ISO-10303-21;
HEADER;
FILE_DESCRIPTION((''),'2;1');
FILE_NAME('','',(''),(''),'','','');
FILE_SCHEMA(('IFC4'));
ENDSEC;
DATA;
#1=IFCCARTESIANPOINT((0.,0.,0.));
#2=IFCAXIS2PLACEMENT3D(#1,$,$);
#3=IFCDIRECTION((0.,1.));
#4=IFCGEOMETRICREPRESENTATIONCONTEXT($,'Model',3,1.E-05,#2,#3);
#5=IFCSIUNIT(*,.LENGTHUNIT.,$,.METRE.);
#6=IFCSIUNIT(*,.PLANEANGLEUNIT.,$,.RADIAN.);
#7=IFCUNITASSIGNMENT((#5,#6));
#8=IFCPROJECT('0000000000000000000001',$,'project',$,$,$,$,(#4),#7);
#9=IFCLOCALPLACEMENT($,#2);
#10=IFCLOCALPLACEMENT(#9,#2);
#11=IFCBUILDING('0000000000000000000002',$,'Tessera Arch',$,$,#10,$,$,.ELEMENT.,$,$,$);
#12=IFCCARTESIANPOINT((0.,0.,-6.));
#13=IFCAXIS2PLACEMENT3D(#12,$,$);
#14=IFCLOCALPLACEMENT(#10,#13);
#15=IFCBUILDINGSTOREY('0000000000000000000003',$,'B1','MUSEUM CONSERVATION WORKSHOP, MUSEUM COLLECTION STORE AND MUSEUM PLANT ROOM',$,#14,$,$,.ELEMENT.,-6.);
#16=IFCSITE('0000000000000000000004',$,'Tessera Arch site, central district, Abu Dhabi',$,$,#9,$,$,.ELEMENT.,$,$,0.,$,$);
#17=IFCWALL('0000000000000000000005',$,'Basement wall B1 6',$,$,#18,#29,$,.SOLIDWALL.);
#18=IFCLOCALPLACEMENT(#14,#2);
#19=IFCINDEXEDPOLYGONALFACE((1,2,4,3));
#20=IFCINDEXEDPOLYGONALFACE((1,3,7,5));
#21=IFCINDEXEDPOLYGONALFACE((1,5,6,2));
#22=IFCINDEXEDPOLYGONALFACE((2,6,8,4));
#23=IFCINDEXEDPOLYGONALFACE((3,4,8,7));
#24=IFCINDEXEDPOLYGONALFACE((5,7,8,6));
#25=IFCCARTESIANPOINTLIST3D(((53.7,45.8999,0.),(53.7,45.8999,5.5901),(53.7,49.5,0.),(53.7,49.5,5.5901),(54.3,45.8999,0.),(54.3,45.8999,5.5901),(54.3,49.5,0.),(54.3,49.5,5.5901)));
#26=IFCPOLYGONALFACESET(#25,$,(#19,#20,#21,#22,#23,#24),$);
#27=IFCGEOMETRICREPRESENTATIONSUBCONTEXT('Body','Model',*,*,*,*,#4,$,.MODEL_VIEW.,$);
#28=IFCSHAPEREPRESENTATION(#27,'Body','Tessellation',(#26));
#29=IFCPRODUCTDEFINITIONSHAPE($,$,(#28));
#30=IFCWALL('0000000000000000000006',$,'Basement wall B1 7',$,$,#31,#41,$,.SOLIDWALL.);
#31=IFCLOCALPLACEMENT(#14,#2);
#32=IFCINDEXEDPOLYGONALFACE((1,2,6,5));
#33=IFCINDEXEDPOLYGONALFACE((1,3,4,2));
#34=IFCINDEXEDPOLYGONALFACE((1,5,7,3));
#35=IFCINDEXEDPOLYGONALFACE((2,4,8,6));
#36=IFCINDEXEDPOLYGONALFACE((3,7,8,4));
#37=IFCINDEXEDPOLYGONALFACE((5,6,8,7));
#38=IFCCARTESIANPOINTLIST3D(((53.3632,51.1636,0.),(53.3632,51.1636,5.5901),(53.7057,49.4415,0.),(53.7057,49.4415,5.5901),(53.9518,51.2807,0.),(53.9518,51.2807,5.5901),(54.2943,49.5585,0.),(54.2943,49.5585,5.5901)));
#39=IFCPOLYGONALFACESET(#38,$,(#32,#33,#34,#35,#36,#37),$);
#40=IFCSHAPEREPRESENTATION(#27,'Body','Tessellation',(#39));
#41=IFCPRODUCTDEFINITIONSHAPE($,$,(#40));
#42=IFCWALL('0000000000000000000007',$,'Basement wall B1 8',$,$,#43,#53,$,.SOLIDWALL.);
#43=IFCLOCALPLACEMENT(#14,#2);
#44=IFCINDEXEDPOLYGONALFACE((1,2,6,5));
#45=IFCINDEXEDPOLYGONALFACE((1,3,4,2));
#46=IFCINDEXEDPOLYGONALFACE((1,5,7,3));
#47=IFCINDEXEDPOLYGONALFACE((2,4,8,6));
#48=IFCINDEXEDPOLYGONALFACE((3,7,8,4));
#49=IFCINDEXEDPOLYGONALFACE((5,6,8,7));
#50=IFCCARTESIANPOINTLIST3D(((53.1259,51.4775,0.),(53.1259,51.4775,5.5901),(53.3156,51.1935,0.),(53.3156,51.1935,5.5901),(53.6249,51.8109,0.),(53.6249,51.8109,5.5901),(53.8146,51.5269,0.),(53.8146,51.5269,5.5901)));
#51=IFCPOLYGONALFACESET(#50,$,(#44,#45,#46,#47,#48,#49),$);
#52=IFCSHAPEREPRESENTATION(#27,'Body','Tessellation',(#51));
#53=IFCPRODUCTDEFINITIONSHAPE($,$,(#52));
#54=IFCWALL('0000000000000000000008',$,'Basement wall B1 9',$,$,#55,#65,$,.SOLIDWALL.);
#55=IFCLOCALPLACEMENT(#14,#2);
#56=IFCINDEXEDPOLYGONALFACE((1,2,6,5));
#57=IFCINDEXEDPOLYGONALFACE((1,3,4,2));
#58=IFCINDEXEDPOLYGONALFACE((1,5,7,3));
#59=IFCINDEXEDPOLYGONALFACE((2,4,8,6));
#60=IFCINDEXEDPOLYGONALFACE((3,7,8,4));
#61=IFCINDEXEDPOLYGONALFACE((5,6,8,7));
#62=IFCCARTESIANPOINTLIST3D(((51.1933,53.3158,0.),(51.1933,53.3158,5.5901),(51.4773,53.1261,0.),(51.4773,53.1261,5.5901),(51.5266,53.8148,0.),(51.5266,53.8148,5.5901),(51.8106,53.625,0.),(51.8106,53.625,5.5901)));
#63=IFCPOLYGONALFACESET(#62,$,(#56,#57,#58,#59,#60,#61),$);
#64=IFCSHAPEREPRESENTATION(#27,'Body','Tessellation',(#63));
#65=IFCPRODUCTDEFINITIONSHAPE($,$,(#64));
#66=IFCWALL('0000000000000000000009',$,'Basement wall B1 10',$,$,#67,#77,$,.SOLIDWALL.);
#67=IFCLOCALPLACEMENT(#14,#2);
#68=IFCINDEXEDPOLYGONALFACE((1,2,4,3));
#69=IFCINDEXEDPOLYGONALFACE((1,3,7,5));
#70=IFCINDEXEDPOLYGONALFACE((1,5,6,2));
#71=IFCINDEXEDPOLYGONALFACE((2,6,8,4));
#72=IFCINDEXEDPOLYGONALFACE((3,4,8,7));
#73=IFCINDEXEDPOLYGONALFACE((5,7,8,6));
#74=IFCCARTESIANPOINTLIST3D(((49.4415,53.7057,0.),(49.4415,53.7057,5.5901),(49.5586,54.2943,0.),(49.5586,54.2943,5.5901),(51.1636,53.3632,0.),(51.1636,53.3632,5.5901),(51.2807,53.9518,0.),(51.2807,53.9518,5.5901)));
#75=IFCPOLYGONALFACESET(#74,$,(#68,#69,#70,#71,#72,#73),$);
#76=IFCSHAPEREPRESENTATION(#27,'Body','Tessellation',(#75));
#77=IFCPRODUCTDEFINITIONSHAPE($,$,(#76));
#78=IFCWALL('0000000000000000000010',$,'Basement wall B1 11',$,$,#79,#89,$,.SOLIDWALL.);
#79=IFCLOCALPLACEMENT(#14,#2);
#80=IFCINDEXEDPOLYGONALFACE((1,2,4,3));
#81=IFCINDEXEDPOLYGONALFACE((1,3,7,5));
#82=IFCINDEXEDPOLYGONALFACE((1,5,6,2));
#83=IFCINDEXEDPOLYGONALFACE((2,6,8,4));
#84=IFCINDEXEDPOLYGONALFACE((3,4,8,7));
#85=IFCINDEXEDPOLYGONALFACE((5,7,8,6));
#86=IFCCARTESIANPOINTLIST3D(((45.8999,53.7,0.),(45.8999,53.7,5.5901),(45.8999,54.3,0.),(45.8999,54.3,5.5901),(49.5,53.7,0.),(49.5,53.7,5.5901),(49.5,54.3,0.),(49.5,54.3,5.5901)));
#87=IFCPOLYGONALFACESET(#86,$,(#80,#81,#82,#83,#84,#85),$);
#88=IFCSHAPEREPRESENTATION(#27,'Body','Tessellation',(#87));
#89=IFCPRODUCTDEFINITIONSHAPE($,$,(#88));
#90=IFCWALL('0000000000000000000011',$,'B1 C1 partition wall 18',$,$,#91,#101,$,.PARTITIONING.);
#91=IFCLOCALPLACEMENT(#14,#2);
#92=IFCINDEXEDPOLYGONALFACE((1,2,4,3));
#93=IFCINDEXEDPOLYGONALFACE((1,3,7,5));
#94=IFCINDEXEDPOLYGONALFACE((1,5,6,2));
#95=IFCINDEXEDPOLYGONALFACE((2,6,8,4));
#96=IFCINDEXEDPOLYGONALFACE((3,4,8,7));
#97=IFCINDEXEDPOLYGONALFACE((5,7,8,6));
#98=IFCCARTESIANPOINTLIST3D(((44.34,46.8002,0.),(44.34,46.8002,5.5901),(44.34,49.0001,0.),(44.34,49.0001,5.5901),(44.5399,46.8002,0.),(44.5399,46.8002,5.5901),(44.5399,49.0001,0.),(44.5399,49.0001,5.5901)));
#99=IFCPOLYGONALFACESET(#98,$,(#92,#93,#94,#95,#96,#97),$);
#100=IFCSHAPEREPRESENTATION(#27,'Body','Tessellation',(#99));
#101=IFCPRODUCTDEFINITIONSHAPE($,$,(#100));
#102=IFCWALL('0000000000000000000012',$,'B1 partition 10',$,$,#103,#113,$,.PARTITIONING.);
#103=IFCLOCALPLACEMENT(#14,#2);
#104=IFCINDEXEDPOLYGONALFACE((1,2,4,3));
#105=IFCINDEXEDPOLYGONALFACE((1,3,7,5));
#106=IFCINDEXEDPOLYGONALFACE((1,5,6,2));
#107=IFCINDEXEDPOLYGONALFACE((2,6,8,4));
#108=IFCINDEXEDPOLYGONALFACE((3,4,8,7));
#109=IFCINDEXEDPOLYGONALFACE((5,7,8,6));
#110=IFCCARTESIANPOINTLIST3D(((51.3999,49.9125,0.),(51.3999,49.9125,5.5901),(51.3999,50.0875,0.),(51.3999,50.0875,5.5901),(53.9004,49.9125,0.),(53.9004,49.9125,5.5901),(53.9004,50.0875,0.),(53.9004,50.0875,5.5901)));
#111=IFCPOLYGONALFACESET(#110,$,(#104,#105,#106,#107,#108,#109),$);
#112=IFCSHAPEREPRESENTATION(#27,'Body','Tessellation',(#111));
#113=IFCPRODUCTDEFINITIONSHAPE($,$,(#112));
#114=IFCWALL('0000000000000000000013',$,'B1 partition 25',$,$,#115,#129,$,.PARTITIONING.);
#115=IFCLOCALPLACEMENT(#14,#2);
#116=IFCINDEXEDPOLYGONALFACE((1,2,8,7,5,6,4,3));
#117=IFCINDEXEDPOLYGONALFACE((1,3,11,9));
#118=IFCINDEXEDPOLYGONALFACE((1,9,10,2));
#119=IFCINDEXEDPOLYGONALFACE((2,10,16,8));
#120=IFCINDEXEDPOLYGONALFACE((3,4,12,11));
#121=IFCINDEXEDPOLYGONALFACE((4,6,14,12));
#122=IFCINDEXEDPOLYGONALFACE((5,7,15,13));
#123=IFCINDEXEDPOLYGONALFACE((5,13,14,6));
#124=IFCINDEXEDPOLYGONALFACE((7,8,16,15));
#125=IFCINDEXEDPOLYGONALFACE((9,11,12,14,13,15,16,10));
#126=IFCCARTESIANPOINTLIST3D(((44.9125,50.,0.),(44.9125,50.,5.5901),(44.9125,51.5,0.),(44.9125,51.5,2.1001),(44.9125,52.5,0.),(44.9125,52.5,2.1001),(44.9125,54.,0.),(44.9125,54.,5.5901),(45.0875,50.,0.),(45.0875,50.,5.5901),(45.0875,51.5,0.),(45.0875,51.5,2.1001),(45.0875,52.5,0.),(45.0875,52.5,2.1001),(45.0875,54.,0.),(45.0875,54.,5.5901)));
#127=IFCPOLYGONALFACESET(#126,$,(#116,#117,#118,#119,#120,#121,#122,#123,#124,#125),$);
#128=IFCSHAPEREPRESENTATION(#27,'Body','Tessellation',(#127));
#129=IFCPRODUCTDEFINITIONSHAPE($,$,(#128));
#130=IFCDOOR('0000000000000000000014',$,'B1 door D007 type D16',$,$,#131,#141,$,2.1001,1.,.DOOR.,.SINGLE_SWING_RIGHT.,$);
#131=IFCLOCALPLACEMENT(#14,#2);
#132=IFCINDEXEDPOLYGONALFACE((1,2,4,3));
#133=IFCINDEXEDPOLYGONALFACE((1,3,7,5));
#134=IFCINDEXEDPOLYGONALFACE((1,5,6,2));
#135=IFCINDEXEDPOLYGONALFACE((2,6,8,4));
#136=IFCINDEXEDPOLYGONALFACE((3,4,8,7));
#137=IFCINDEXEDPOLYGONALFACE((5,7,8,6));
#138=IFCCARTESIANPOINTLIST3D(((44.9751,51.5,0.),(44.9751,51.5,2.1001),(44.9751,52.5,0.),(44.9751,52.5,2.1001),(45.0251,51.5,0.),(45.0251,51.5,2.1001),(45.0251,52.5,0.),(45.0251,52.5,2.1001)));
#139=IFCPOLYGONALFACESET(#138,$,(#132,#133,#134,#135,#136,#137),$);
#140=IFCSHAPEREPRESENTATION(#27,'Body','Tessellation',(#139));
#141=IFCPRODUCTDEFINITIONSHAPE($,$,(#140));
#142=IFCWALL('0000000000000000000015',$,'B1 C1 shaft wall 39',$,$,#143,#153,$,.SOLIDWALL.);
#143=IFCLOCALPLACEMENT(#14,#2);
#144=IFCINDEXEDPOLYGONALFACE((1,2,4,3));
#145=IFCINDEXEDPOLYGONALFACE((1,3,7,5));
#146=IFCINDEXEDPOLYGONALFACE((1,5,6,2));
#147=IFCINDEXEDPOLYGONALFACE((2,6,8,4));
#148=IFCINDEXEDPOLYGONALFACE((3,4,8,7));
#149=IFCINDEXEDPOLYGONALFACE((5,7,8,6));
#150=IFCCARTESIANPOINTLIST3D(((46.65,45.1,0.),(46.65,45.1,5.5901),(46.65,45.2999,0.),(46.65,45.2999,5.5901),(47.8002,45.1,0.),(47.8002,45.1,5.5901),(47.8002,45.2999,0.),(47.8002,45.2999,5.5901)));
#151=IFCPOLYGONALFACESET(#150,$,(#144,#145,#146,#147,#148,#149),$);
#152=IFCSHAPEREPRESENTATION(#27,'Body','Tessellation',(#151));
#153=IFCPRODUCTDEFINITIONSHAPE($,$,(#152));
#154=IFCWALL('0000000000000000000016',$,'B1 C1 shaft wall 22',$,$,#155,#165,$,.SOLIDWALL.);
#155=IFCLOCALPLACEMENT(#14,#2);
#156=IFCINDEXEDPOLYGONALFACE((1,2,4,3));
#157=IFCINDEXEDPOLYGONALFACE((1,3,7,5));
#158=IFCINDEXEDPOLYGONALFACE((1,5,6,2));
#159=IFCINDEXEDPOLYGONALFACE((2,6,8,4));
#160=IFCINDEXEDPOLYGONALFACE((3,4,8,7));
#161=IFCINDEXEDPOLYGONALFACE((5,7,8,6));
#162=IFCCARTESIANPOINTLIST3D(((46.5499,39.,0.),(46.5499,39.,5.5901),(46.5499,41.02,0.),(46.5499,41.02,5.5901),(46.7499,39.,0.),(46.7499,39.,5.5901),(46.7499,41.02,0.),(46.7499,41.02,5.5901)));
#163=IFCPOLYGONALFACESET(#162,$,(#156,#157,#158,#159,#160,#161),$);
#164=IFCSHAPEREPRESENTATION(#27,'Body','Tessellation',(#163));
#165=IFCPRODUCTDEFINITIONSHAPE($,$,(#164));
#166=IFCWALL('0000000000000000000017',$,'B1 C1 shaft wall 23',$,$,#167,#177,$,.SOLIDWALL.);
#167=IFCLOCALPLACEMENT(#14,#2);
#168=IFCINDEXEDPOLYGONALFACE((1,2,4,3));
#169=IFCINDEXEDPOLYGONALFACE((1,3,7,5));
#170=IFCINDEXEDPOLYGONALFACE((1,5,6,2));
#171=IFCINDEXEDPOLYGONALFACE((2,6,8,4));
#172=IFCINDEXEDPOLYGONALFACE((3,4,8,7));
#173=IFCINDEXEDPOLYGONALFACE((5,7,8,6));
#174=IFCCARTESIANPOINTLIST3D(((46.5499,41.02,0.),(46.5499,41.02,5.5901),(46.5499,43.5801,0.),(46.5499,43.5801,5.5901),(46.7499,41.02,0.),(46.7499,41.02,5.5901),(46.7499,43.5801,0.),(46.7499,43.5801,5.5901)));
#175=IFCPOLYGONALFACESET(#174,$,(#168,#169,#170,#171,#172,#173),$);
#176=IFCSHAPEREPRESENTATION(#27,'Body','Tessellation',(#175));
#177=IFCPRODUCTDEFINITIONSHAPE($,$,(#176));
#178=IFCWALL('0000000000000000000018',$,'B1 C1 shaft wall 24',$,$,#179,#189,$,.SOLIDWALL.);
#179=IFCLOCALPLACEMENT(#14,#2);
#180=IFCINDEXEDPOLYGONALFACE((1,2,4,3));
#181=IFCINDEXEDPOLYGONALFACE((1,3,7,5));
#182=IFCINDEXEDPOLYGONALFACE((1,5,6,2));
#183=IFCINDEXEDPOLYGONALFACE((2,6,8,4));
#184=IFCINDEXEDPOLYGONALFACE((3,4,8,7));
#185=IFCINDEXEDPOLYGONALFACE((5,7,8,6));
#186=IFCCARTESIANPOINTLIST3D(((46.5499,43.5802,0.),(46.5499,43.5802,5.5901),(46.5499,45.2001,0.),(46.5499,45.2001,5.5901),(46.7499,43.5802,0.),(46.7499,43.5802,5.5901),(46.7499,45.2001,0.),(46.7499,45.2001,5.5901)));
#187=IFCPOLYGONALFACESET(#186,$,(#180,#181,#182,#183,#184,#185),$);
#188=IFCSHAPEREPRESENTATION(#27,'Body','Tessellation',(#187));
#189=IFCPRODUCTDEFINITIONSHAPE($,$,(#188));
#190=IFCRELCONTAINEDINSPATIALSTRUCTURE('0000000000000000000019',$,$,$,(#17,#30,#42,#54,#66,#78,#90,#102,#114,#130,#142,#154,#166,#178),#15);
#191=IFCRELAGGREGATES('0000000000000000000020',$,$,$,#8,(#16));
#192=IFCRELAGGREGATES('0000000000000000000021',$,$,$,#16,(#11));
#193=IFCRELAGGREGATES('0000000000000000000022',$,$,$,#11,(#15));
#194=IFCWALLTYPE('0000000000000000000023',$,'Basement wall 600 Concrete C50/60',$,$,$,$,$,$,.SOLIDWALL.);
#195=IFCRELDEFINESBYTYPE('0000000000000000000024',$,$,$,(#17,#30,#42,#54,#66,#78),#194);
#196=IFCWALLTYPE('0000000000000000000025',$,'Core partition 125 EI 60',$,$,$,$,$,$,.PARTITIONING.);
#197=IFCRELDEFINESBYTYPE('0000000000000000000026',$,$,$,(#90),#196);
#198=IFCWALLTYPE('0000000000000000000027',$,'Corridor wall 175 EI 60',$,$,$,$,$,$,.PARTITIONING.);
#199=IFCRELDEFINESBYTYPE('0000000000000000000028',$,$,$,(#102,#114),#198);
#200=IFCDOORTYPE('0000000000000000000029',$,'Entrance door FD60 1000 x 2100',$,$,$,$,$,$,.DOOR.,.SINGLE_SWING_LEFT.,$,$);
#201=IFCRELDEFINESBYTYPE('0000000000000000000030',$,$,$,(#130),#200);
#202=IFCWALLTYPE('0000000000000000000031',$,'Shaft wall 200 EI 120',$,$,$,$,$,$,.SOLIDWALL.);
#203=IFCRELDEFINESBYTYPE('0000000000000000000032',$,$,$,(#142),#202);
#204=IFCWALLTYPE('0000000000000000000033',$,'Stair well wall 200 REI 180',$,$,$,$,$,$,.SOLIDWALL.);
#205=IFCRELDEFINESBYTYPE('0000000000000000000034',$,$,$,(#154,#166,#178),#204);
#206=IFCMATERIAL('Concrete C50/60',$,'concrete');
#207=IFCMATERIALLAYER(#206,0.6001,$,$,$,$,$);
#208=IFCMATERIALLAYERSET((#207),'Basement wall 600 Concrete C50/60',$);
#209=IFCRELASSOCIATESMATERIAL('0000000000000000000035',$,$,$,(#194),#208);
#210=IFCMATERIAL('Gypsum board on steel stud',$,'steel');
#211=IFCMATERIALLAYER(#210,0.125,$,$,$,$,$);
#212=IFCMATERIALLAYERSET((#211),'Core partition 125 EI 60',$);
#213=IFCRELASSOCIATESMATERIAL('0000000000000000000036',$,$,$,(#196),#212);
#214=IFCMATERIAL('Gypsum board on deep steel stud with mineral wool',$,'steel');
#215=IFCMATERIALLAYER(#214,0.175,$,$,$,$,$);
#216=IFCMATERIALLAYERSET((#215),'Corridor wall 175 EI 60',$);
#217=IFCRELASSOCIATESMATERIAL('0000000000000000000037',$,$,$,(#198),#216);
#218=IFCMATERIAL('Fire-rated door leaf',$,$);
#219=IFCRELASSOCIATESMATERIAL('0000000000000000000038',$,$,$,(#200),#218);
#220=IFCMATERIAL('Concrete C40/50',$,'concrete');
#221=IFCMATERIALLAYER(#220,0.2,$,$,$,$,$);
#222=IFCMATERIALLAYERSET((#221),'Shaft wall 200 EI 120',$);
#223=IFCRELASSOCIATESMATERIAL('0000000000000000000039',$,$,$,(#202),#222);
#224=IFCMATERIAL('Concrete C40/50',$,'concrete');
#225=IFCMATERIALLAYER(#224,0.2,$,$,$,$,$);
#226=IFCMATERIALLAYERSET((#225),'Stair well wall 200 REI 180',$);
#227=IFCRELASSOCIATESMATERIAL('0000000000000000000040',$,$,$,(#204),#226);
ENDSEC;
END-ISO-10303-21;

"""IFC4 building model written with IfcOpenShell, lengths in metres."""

from ifc_helpers import new_model, si_unit, direction, frame, frame_2d, origin, place, context, subcontext, project, spatial, rectangle, extrude, material, layer, layer_set, type_object, element, fill, save


model = new_model("IFC4")

# Units and contexts
model_context = context("Model", 3, precision=1e-05, world=origin(), true_north=direction((0.0, 1.0)))
body_context = subcontext(model_context, "Body", "Model", "MODEL_VIEW")
ifc_project = project(units=[si_unit("LENGTHUNIT", "METRE"), si_unit("PLANEANGLEUNIT", "RADIAN")], contexts=[model_context])

# Site, building, storey
site_placement = place(None, origin())
site = spatial("IfcSite", under=ifc_project, at=site_placement, Name="Tessera Arch site, central district, Abu Dhabi", CompositionType="ELEMENT", RefElevation=0.0)
building_placement = place(site_placement, origin())
building = spatial("IfcBuilding", under=site, at=building_placement, Name="Tessera Arch", CompositionType="ELEMENT")
storey_placement = place(building_placement, frame((0.0, 0.0, -6.0)))
storey = spatial("IfcBuildingStorey", under=building, at=storey_placement, Name="B1", Description="MUSEUM CONSERVATION WORKSHOP, MUSEUM COLLECTION STORE AND MUSEUM PLANT ROOM", CompositionType="ELEMENT", Elevation=-6.0)

# Walls
ifc_material_1 = material(Name="Concrete C50/60", Category="concrete")
ifc_layer_1 = layer(ifc_material_1, 0.6001)
ifc_layer_set_1 = layer_set([ifc_layer_1], Name="Basement wall 600 Concrete C50/60")
wall_type_1 = type_object("IfcWallType", Name="Basement wall 600 Concrete C50/60", PredefinedType="SOLIDWALL", material=ifc_layer_set_1)
wall_1_placement = place(storey_placement, frame((54.0, 45.8999, 0.0), z_axis=(0.0, 0.0, 1.0), x_axis=(0.0, 1.0, 0.0)))
element("IfcWall", 1, at=wall_1_placement, inside=storey, type_object=wall_type_1, Name="Basement wall B1 6", PredefinedType="SOLIDWALL", context=body_context, shape_type="SweptSolid", body=[
    extrude(rectangle(XDim=3.6001, YDim=0.6001, at=frame_2d((1.8, 0.0))), origin(), (0.0, 0.0, 1.0), 5.5901),
])
wall_2_placement = place(storey_placement, frame((54.0, 49.5, 0.0), z_axis=(0.0, 0.0, 1.0), x_axis=(-0.195073, 0.980789, 0.0)))
element("IfcWall", 2, at=wall_2_placement, inside=storey, type_object=wall_type_1, Name="Basement wall B1 7", PredefinedType="SOLIDWALL", context=body_context, shape_type="SweptSolid", body=[
    extrude(rectangle(XDim=1.7559, YDim=0.6001, at=frame_2d((0.8779, 0.0))), origin(), (0.0, 0.0, 1.0), 5.5901),
])
for number, where, z_axis, x_axis, name in (
    (3, (53.5652, 51.3601, 0.0), (0.0, 0.0, 1.0), (-0.555525, 0.8315, 0.0), "Basement wall B1 8"),
    (4, (51.644, 53.3755, 0.0), (0.0, 0.0, 1.0), (-0.8315, 0.555525, 0.0), "Basement wall B1 9"),
):
    element("IfcWall", number, at=place(storey_placement, frame(where, z_axis=z_axis, x_axis=x_axis)), inside=storey, type_object=wall_type_1, Name=name, PredefinedType="SOLIDWALL", context=body_context, shape_type="SweptSolid", body=[
        extrude(rectangle(XDim=0.3416, YDim=0.6001, at=frame_2d((0.1709, 0.0))), origin(), (0.0, 0.0, 1.0), 5.5901),
    ])
wall_3_placement = place(storey_placement, frame((51.2222, 53.6575, 0.0), z_axis=(0.0, 0.0, 1.0), x_axis=(-0.980789, 0.195073, 0.0)))
element("IfcWall", 5, at=wall_3_placement, inside=storey, type_object=wall_type_1, Name="Basement wall B1 10", PredefinedType="SOLIDWALL", context=body_context, shape_type="SweptSolid", body=[
    extrude(rectangle(XDim=1.7559, YDim=0.6001, at=frame_2d((0.8779, 0.0))), origin(), (0.0, 0.0, 1.0), 5.5901),
])
wall_4_placement = place(storey_placement, frame((49.5, 54.0, 0.0), z_axis=(0.0, 0.0, 1.0), x_axis=(-1.0, 0.0, 0.0)))
element("IfcWall", 6, at=wall_4_placement, inside=storey, type_object=wall_type_1, Name="Basement wall B1 11", PredefinedType="SOLIDWALL", context=body_context, shape_type="SweptSolid", body=[
    extrude(rectangle(XDim=3.6001, YDim=0.6001, at=frame_2d((1.8, 0.0))), origin(), (0.0, 0.0, 1.0), 5.5901),
])
ifc_material_2 = material(Name="Gypsum board on steel stud", Category="steel")
ifc_layer_2 = layer(ifc_material_2, 0.125)
ifc_layer_set_2 = layer_set([ifc_layer_2], Name="Core partition 125 EI 60")
wall_type_2 = type_object("IfcWallType", Name="Core partition 125 EI 60", PredefinedType="PARTITIONING", material=ifc_layer_set_2)
wall_5_placement = place(storey_placement, frame((44.4399, 46.8, 0.0), z_axis=(0.0, 0.0, 1.0), x_axis=(0.0, 1.0, 0.0)))
element("IfcWall", 7, at=wall_5_placement, inside=storey, type_object=wall_type_2, Name="B1 C1 partition wall 18", PredefinedType="PARTITIONING", context=body_context, shape_type="SweptSolid", body=[
    extrude(rectangle(XDim=2.2, YDim=0.2, at=frame_2d((1.1001, 0.0))), origin(), (0.0, 0.0, 1.0), 5.5901),
])
ifc_material_3 = material(Name="Gypsum board on deep steel stud with mineral wool", Category="steel")
ifc_layer_3 = layer(ifc_material_3, 0.175)
ifc_layer_set_3 = layer_set([ifc_layer_3], Name="Corridor wall 175 EI 60")
wall_type_3 = type_object("IfcWallType", Name="Corridor wall 175 EI 60", PredefinedType="PARTITIONING", material=ifc_layer_set_3)
wall_6_placement = place(storey_placement, frame((51.3999, 50.0, 0.0), z_axis=(0.0, 0.0, 1.0), x_axis=(1.0, 0.0, 0.0)))
element("IfcWall", 8, at=wall_6_placement, inside=storey, type_object=wall_type_3, Name="B1 partition 10", PredefinedType="PARTITIONING", context=body_context, shape_type="SweptSolid", body=[
    extrude(rectangle(XDim=2.5005, YDim=0.175, at=frame_2d((1.2502, 0.0))), origin(), (0.0, 0.0, 1.0), 5.5901),
])

# Wall, opening, door
wall_7_placement = place(storey_placement, frame((45.0, 50.0, 0.0), z_axis=(0.0, 0.0, 1.0), x_axis=(0.0, 1.0, 0.0)))
wall_7 = element("IfcWall", 9, at=wall_7_placement, inside=storey, type_object=wall_type_3, Name="B1 partition 25", PredefinedType="PARTITIONING", context=body_context, shape_type="SweptSolid", body=[
    extrude(rectangle(XDim=4.0, YDim=0.175, at=frame_2d((2.0, 0.0))), origin(), (0.0, 0.0, 1.0), 5.5901),
])
opening_placement = place(wall_7_placement, frame((1.5, 0.0, 0.0)))
opening = element("IfcOpeningElement", 10, at=opening_placement, cuts=wall_7, PredefinedType="OPENING", context=body_context, shape_type="SweptSolid", body=[
    extrude(rectangle(XDim=1.0, YDim=2.1001, at=frame_2d((0.5, 1.05))), frame((0.0, 0.0974, 0.0), z_axis=(0.0, -1.0, 0.0), x_axis=(1.0, 0.0, 0.0)), (0.0, 0.0, 1.0), 0.1951),
])
ifc_material_4 = material(Name="Fire-rated door leaf")
door_type = type_object("IfcDoorType", Name="Entrance door FD60 1000 x 2100", OperationType="SINGLE_SWING_LEFT", PredefinedType="DOOR", material=ifc_material_4)
door_placement = place(opening_placement, origin())
door = element("IfcDoor", 11, at=door_placement, inside=storey, type_object=door_type, Name="B1 door D007 type D16", OperationType="SINGLE_SWING_RIGHT", OverallHeight=2.1001, OverallWidth=1.0, PredefinedType="DOOR", context=body_context, shape_type="SweptSolid", body=[
    extrude(rectangle(XDim=1.0, YDim=2.1001, at=frame_2d((0.5, 1.05))), frame((0.0, 0.0249, 0.0), z_axis=(0.0, -1.0, 0.0), x_axis=(1.0, 0.0, 0.0)), (0.0, 0.0, 1.0), 0.05),
])
fill(opening, door)

# Walls
ifc_material_5 = material(Name="Concrete C40/50", Category="concrete")
ifc_layer_4 = layer(ifc_material_5, 0.2)
ifc_layer_set_4 = layer_set([ifc_layer_4], Name="Shaft wall 200 EI 120")
wall_type_4 = type_object("IfcWallType", Name="Shaft wall 200 EI 120", PredefinedType="SOLIDWALL", material=ifc_layer_set_4)
wall_8_placement = place(storey_placement, frame((46.6499, 45.2, 0.0), z_axis=(0.0, 0.0, 1.0), x_axis=(1.0, 0.0, 0.0)))
element("IfcWall", 12, at=wall_8_placement, inside=storey, type_object=wall_type_4, Name="B1 C1 shaft wall 39", PredefinedType="SOLIDWALL", context=body_context, shape_type="SweptSolid", body=[
    extrude(rectangle(XDim=1.1501, YDim=0.2, at=frame_2d((0.5752, 0.0))), origin(), (0.0, 0.0, 1.0), 5.5901),
])
ifc_material_6 = material(Name="Concrete C40/50", Category="concrete")
ifc_layer_5 = layer(ifc_material_6, 0.2)
ifc_layer_set_5 = layer_set([ifc_layer_5], Name="Stair well wall 200 REI 180")
wall_type_5 = type_object("IfcWallType", Name="Stair well wall 200 REI 180", PredefinedType="SOLIDWALL", material=ifc_layer_set_5)
wall_9_placement = place(storey_placement, frame((46.6499, 39.0, 0.0), z_axis=(0.0, 0.0, 1.0), x_axis=(0.0, 1.0, 0.0)))
element("IfcWall", 13, at=wall_9_placement, inside=storey, type_object=wall_type_5, Name="B1 C1 shaft wall 22", PredefinedType="SOLIDWALL", context=body_context, shape_type="SweptSolid", body=[
    extrude(rectangle(XDim=2.02, YDim=0.2, at=frame_2d((1.01, 0.0))), origin(), (0.0, 0.0, 1.0), 5.5901),
])
wall_10_placement = place(storey_placement, frame((46.6499, 41.02, 0.0), z_axis=(0.0, 0.0, 1.0), x_axis=(0.0, 1.0, 0.0)))
element("IfcWall", 14, at=wall_10_placement, inside=storey, type_object=wall_type_5, Name="B1 C1 shaft wall 23", PredefinedType="SOLIDWALL", context=body_context, shape_type="SweptSolid", body=[
    extrude(rectangle(XDim=2.5601, YDim=0.2, at=frame_2d((1.28, 0.0))), origin(), (0.0, 0.0, 1.0), 5.5901),
])
wall_11_placement = place(storey_placement, frame((46.6499, 43.5801, 0.0), z_axis=(0.0, 0.0, 1.0), x_axis=(0.0, 1.0, 0.0)))
element("IfcWall", 15, at=wall_11_placement, inside=storey, type_object=wall_type_5, Name="B1 C1 shaft wall 24", PredefinedType="SOLIDWALL", context=body_context, shape_type="SweptSolid", body=[
    extrude(rectangle(XDim=1.6199, YDim=0.2, at=frame_2d((0.8101, 0.0))), origin(), (0.0, 0.0, 1.0), 5.5901),
])

save(model, "model.ifc")
